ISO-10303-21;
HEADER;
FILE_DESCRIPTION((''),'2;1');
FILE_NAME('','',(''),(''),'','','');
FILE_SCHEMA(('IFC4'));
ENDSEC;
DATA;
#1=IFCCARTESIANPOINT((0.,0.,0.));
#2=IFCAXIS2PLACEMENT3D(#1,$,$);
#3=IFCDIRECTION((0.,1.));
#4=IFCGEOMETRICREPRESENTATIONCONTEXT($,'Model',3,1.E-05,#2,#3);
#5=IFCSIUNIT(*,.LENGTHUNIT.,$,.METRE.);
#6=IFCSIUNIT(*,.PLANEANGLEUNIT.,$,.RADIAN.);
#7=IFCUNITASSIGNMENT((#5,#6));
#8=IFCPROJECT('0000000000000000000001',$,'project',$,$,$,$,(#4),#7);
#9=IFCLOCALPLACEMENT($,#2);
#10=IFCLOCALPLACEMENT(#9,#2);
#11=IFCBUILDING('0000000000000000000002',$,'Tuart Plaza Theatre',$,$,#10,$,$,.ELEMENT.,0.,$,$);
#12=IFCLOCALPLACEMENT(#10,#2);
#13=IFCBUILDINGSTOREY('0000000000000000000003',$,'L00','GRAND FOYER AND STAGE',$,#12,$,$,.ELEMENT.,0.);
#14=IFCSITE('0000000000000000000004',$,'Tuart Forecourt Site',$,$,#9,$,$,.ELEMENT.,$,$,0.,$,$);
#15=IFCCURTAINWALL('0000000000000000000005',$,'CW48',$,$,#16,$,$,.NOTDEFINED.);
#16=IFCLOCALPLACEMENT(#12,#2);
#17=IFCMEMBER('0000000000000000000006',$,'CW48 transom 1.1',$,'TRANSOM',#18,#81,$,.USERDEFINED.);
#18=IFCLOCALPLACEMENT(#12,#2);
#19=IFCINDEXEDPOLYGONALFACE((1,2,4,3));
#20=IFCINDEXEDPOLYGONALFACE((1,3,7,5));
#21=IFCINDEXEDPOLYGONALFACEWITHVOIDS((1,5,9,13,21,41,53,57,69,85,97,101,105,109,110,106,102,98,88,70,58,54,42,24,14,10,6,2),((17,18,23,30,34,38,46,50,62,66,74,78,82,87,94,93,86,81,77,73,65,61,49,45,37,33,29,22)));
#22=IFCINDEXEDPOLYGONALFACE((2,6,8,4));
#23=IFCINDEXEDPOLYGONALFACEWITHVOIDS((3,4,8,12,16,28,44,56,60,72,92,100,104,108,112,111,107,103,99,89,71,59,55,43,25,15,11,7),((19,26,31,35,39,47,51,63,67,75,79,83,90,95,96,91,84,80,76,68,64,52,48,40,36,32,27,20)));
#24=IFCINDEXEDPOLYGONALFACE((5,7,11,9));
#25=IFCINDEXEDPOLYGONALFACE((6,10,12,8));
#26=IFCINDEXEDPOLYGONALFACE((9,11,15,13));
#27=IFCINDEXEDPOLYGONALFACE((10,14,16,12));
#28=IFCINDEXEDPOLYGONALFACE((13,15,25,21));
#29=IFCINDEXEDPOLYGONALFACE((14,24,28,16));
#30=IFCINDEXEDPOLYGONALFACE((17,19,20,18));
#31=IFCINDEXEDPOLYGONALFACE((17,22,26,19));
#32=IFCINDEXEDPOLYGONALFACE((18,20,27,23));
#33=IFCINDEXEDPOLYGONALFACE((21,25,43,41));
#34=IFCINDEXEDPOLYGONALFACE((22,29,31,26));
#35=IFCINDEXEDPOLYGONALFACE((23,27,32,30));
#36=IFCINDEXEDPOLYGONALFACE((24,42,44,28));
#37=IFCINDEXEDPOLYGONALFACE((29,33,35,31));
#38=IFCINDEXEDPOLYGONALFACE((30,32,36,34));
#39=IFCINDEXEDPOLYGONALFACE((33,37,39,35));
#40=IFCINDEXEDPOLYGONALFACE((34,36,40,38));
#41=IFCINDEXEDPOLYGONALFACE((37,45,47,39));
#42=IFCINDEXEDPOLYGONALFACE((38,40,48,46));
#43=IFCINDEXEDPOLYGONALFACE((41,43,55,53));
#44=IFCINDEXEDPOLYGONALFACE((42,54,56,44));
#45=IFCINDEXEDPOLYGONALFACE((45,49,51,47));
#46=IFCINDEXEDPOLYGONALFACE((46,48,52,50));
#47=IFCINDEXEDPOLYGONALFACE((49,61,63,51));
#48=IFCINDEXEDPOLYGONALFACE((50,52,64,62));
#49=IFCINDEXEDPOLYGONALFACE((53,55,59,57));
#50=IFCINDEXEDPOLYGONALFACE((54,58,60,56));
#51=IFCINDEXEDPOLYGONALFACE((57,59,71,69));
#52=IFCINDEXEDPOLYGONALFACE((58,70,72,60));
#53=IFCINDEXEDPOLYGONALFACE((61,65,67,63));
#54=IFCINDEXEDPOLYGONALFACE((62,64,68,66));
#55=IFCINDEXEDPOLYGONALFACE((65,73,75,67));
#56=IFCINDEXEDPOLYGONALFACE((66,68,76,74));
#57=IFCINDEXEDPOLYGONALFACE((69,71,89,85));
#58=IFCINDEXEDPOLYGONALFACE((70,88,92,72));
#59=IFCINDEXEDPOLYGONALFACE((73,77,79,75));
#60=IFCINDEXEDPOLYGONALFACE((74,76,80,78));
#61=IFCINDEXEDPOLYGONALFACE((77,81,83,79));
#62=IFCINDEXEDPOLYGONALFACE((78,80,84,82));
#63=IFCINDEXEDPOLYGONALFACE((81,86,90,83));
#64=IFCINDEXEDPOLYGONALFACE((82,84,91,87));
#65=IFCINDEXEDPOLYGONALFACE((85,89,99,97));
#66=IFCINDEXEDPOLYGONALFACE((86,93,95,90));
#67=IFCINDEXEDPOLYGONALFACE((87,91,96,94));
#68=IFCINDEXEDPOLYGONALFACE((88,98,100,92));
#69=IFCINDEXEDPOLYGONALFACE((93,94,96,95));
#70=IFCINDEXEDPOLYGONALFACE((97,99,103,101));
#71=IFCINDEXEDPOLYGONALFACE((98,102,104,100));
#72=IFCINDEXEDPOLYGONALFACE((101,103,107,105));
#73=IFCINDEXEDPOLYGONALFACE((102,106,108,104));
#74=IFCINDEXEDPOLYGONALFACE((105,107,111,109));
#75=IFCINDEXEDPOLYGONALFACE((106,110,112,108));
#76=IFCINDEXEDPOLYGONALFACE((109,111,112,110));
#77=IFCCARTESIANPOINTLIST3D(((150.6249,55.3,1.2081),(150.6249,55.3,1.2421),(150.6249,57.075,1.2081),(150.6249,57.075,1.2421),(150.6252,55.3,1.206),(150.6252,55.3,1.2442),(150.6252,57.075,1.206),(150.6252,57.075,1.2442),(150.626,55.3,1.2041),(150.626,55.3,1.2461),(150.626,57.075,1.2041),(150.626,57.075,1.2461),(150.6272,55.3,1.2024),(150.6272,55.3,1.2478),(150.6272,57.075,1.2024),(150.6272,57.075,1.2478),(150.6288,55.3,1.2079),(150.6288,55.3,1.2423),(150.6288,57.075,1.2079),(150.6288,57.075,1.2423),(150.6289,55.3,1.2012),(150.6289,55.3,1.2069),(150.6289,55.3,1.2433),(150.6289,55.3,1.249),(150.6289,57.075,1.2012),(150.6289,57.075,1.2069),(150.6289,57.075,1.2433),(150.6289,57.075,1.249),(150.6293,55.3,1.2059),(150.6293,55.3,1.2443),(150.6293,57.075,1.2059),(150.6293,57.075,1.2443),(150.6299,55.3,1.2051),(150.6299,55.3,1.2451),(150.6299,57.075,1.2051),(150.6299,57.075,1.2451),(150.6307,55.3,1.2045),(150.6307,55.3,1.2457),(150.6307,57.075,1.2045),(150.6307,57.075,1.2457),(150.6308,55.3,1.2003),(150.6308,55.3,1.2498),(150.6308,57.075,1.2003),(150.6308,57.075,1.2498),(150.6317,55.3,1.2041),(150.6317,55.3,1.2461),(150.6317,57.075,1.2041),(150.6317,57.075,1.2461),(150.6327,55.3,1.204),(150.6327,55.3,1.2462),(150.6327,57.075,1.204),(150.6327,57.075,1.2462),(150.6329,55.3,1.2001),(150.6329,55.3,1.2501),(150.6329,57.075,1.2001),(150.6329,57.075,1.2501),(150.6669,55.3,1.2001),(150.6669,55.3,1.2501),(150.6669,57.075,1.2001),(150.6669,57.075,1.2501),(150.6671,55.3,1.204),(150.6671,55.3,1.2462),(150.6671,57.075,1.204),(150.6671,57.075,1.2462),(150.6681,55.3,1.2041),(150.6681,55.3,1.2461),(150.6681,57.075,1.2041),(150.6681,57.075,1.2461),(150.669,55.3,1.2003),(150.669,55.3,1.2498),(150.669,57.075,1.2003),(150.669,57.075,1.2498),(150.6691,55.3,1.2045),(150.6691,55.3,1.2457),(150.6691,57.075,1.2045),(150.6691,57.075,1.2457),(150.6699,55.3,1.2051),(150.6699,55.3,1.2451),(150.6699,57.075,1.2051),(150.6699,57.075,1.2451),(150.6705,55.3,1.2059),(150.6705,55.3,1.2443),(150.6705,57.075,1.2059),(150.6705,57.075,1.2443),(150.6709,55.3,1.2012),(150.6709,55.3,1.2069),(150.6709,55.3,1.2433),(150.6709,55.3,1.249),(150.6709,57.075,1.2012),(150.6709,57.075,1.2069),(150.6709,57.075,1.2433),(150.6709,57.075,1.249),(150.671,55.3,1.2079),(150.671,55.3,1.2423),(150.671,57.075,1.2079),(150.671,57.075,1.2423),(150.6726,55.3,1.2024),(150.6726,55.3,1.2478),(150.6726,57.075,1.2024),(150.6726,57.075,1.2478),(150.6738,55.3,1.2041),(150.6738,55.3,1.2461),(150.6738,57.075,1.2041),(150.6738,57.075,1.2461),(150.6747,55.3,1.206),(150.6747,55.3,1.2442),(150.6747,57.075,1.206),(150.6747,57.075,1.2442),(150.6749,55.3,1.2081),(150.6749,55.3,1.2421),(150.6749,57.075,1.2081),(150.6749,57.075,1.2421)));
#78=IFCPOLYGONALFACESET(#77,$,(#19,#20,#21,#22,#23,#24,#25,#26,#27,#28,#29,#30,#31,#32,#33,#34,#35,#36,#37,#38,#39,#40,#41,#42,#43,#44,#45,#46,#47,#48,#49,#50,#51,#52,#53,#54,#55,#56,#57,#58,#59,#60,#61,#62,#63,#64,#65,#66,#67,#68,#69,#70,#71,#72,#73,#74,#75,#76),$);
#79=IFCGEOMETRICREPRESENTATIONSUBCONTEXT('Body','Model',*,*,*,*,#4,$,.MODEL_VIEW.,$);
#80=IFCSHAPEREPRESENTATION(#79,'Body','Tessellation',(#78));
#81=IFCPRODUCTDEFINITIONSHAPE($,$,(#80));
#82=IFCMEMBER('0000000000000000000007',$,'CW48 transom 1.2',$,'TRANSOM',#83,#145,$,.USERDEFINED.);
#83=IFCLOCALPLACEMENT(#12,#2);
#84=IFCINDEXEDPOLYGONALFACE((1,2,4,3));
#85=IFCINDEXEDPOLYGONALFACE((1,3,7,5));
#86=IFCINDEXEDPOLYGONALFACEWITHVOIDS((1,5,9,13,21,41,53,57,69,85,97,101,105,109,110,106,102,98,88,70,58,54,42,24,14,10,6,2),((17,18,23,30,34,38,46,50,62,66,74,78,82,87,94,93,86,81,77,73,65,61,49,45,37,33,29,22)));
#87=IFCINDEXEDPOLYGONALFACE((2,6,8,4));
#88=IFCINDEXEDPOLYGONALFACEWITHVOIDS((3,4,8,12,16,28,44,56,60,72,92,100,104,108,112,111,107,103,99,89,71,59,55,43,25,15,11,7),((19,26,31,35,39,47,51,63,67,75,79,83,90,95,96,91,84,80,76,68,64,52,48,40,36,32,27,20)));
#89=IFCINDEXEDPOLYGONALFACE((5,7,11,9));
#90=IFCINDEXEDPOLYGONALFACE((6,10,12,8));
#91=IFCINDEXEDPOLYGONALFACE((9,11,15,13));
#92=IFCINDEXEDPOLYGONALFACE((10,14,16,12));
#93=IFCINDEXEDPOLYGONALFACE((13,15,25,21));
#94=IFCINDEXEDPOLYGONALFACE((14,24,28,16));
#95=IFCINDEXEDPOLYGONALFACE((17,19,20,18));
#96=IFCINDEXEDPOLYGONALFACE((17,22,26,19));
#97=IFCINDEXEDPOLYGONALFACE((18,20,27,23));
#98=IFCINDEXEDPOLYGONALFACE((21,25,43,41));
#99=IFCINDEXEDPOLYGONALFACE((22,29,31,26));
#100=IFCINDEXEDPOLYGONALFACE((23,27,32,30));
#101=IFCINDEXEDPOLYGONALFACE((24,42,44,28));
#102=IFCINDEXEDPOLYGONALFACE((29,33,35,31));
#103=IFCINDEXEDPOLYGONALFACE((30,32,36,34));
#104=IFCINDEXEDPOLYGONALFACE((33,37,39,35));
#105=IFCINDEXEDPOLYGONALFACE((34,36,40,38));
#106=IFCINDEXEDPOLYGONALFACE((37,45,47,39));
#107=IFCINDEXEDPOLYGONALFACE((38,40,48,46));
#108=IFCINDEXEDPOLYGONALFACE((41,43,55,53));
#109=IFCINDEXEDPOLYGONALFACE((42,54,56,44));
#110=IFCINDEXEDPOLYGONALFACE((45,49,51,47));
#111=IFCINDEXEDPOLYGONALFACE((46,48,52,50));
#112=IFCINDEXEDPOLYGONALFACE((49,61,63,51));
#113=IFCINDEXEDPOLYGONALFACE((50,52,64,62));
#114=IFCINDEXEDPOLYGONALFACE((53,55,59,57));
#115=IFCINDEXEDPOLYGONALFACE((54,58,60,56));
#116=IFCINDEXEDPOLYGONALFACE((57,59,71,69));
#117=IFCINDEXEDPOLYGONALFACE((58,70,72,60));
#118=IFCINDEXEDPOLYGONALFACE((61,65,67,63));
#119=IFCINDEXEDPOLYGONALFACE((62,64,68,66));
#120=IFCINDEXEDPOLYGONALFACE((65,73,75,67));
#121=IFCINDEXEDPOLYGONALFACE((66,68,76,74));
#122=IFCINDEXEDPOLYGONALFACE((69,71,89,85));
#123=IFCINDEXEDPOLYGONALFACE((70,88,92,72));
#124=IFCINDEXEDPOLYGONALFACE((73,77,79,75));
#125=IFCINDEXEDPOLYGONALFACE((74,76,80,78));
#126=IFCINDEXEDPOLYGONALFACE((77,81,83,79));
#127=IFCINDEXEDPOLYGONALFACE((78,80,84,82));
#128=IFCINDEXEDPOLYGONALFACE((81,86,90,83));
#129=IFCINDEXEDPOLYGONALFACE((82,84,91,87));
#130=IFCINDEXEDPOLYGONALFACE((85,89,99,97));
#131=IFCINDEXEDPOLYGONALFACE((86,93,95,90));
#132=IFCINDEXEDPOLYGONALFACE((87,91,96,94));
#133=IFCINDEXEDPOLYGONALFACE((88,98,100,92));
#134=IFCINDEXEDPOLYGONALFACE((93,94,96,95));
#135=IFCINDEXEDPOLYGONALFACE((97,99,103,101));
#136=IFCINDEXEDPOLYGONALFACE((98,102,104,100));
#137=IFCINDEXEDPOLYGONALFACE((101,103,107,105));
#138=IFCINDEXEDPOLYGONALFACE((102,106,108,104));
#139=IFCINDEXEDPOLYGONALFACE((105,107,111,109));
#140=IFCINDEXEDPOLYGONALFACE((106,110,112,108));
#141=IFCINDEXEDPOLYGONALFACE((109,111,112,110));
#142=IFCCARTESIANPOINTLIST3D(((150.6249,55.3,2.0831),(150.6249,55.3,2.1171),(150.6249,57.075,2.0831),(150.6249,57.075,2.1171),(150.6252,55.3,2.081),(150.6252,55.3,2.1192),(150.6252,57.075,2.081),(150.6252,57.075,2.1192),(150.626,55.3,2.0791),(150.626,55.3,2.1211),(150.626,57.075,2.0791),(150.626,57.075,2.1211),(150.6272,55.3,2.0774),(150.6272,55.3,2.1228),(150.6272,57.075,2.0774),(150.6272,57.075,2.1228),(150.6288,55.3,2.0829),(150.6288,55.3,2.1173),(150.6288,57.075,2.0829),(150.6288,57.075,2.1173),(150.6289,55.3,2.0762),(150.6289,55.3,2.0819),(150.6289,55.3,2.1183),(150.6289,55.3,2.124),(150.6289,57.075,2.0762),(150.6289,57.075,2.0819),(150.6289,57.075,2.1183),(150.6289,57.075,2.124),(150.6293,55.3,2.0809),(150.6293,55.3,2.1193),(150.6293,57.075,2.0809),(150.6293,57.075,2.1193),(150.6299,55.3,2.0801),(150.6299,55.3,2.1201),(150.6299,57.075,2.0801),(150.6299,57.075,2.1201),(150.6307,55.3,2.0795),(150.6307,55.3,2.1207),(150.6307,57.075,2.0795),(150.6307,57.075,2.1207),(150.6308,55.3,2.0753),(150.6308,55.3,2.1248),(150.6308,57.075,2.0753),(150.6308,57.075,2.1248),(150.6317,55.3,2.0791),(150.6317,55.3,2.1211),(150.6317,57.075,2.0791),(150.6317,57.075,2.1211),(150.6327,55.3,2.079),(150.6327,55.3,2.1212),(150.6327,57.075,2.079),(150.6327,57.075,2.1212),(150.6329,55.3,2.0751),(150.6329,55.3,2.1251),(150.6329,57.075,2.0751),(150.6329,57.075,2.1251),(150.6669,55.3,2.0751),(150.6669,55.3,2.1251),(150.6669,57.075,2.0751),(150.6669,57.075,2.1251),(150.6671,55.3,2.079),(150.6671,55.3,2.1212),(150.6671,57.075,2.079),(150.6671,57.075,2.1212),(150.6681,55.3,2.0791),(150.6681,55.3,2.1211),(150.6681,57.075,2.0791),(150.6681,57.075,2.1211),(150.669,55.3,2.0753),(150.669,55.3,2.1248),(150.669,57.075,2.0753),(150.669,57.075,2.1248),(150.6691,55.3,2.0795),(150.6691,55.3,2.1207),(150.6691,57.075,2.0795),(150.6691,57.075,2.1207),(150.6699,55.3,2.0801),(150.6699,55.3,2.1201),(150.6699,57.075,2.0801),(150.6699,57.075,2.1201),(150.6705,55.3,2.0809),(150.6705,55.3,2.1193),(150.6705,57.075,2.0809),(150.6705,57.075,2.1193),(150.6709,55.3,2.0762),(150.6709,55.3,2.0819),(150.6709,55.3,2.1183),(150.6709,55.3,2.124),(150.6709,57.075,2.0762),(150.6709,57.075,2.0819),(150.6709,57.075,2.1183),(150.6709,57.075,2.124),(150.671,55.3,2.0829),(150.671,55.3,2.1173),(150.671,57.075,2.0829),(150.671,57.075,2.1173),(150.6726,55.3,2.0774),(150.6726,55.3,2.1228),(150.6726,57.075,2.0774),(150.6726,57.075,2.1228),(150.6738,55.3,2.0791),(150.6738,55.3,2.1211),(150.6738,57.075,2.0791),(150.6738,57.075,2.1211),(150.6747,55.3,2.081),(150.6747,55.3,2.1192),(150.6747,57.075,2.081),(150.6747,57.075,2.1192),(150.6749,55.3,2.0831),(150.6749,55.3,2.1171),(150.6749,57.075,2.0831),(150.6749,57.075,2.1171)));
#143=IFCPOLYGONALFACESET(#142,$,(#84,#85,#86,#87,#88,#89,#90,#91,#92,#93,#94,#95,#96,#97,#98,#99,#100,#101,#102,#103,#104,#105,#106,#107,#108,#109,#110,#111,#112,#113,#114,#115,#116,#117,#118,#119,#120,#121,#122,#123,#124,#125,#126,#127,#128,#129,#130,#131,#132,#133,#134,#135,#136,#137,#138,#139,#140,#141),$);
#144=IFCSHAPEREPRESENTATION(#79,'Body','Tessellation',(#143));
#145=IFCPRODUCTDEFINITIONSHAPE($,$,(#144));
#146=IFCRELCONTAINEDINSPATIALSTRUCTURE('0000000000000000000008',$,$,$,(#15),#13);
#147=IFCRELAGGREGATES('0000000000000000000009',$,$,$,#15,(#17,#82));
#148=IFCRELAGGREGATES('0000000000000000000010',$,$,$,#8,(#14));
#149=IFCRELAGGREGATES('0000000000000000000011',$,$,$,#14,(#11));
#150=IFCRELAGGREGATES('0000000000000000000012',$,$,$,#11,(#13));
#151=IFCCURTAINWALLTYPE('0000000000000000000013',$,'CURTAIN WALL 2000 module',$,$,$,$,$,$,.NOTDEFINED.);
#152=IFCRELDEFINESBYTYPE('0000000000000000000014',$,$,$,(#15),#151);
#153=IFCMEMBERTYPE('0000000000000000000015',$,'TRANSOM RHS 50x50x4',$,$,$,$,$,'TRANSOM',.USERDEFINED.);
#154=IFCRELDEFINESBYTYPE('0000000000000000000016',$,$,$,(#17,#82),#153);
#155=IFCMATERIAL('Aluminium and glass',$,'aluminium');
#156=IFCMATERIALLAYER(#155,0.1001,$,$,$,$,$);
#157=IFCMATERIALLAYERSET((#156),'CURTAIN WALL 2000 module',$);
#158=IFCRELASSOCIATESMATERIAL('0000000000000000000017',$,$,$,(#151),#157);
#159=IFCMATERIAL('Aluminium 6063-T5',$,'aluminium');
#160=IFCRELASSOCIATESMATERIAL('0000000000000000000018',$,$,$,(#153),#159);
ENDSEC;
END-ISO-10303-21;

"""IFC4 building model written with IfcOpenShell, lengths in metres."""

from ifc_helpers import new_model, si_unit, direction, frame, origin, origin_2d, place, context, subcontext, project, spatial, hollow_rectangle, extrude, material, layer, layer_set, material_profile, profile_set, type_object, element, aggregate, save


model = new_model("IFC4")

# Units and contexts
model_context = context("Model", 3, precision=1e-05, world=origin(), true_north=direction((0.0, 1.0)))
body_context = subcontext(model_context, "Body", "Model", "MODEL_VIEW")
ifc_project = project(units=[si_unit("LENGTHUNIT", "METRE"), si_unit("PLANEANGLEUNIT", "RADIAN")], contexts=[model_context])

# Site, building, storey
site_placement = place(None, origin())
site = spatial("IfcSite", under=ifc_project, at=site_placement, Name="Tuart Forecourt Site", CompositionType="ELEMENT", RefElevation=0.0)
building_placement = place(site_placement, origin())
building = spatial("IfcBuilding", under=site, at=building_placement, Name="Tuart Plaza Theatre", CompositionType="ELEMENT", ElevationOfRefHeight=0.0)
storey_placement = place(building_placement, origin())
storey = spatial("IfcBuildingStorey", under=building, at=storey_placement, Name="L00", Description="GRAND FOYER AND STAGE", CompositionType="ELEMENT", Elevation=0.0)

# Curtain wall
ifc_material_1 = material(Name="Aluminium and glass", Category="aluminium")
ifc_layer_1 = layer(ifc_material_1, 0.1001)
ifc_layer_set_1 = layer_set([ifc_layer_1], Name="CURTAIN WALL 2000 module")
curtain_wall_type_1 = type_object("IfcCurtainWallType", Name="CURTAIN WALL 2000 module", PredefinedType="NOTDEFINED", material=ifc_layer_set_1)
curtain_wall_1_placement = place(storey_placement, origin())
curtain_wall_1 = element("IfcCurtainWall", 1, at=curtain_wall_1_placement, inside=storey, type_object=curtain_wall_type_1, Name="CW48", PredefinedType="NOTDEFINED")

# Members
ifc_material_2 = material(Name="Aluminium 6063-T5", Category="aluminium")
ifc_material_profile_1 = material_profile(ifc_material_2, hollow_rectangle(XDim=0.05, YDim=0.05, WallThickness=0.0039, InnerFilletRadius=0.0039, OuterFilletRadius=0.0081, at=origin_2d()), Name="RHS 50x50x4")
ifc_profile_set_1 = profile_set([ifc_material_profile_1], Name="Aluminium 6063-T5")
member_type_1 = type_object("IfcMemberType", Name="TRANSOM RHS 50x50x4", ElementType="TRANSOM", PredefinedType="USERDEFINED", material=ifc_profile_set_1)
member_1_placement = place(storey_placement, frame((150.6499, 55.3, 1.2251), z_axis=(0.0, 1.0, 0.0), x_axis=(-1.0, 0.0, 0.0)))
member_1 = element("IfcMember", 2, at=member_1_placement, type_object=member_type_1, Name="CW48 transom 1.1", ObjectType="TRANSOM", PredefinedType="USERDEFINED", context=body_context, shape_type="SweptSolid", body=[
    extrude(hollow_rectangle(XDim=0.05, YDim=0.05, WallThickness=0.0039, InnerFilletRadius=0.0039, OuterFilletRadius=0.0081, at=origin_2d()), origin(), (0.0, 0.0, 1.0), 1.7749),
])
member_2_placement = place(storey_placement, frame((150.6499, 55.3, 2.1001), z_axis=(0.0, 1.0, 0.0), x_axis=(-1.0, 0.0, 0.0)))
member_2 = element("IfcMember", 3, at=member_2_placement, type_object=member_type_1, Name="CW48 transom 1.2", ObjectType="TRANSOM", PredefinedType="USERDEFINED", context=body_context, shape_type="SweptSolid", body=[
    extrude(hollow_rectangle(XDim=0.05, YDim=0.05, WallThickness=0.0039, InnerFilletRadius=0.0039, OuterFilletRadius=0.0081, at=origin_2d()), origin(), (0.0, 0.0, 1.0), 1.7749),
])
aggregate(curtain_wall_1, [member_1, member_2])

save(model, "model.ifc")
